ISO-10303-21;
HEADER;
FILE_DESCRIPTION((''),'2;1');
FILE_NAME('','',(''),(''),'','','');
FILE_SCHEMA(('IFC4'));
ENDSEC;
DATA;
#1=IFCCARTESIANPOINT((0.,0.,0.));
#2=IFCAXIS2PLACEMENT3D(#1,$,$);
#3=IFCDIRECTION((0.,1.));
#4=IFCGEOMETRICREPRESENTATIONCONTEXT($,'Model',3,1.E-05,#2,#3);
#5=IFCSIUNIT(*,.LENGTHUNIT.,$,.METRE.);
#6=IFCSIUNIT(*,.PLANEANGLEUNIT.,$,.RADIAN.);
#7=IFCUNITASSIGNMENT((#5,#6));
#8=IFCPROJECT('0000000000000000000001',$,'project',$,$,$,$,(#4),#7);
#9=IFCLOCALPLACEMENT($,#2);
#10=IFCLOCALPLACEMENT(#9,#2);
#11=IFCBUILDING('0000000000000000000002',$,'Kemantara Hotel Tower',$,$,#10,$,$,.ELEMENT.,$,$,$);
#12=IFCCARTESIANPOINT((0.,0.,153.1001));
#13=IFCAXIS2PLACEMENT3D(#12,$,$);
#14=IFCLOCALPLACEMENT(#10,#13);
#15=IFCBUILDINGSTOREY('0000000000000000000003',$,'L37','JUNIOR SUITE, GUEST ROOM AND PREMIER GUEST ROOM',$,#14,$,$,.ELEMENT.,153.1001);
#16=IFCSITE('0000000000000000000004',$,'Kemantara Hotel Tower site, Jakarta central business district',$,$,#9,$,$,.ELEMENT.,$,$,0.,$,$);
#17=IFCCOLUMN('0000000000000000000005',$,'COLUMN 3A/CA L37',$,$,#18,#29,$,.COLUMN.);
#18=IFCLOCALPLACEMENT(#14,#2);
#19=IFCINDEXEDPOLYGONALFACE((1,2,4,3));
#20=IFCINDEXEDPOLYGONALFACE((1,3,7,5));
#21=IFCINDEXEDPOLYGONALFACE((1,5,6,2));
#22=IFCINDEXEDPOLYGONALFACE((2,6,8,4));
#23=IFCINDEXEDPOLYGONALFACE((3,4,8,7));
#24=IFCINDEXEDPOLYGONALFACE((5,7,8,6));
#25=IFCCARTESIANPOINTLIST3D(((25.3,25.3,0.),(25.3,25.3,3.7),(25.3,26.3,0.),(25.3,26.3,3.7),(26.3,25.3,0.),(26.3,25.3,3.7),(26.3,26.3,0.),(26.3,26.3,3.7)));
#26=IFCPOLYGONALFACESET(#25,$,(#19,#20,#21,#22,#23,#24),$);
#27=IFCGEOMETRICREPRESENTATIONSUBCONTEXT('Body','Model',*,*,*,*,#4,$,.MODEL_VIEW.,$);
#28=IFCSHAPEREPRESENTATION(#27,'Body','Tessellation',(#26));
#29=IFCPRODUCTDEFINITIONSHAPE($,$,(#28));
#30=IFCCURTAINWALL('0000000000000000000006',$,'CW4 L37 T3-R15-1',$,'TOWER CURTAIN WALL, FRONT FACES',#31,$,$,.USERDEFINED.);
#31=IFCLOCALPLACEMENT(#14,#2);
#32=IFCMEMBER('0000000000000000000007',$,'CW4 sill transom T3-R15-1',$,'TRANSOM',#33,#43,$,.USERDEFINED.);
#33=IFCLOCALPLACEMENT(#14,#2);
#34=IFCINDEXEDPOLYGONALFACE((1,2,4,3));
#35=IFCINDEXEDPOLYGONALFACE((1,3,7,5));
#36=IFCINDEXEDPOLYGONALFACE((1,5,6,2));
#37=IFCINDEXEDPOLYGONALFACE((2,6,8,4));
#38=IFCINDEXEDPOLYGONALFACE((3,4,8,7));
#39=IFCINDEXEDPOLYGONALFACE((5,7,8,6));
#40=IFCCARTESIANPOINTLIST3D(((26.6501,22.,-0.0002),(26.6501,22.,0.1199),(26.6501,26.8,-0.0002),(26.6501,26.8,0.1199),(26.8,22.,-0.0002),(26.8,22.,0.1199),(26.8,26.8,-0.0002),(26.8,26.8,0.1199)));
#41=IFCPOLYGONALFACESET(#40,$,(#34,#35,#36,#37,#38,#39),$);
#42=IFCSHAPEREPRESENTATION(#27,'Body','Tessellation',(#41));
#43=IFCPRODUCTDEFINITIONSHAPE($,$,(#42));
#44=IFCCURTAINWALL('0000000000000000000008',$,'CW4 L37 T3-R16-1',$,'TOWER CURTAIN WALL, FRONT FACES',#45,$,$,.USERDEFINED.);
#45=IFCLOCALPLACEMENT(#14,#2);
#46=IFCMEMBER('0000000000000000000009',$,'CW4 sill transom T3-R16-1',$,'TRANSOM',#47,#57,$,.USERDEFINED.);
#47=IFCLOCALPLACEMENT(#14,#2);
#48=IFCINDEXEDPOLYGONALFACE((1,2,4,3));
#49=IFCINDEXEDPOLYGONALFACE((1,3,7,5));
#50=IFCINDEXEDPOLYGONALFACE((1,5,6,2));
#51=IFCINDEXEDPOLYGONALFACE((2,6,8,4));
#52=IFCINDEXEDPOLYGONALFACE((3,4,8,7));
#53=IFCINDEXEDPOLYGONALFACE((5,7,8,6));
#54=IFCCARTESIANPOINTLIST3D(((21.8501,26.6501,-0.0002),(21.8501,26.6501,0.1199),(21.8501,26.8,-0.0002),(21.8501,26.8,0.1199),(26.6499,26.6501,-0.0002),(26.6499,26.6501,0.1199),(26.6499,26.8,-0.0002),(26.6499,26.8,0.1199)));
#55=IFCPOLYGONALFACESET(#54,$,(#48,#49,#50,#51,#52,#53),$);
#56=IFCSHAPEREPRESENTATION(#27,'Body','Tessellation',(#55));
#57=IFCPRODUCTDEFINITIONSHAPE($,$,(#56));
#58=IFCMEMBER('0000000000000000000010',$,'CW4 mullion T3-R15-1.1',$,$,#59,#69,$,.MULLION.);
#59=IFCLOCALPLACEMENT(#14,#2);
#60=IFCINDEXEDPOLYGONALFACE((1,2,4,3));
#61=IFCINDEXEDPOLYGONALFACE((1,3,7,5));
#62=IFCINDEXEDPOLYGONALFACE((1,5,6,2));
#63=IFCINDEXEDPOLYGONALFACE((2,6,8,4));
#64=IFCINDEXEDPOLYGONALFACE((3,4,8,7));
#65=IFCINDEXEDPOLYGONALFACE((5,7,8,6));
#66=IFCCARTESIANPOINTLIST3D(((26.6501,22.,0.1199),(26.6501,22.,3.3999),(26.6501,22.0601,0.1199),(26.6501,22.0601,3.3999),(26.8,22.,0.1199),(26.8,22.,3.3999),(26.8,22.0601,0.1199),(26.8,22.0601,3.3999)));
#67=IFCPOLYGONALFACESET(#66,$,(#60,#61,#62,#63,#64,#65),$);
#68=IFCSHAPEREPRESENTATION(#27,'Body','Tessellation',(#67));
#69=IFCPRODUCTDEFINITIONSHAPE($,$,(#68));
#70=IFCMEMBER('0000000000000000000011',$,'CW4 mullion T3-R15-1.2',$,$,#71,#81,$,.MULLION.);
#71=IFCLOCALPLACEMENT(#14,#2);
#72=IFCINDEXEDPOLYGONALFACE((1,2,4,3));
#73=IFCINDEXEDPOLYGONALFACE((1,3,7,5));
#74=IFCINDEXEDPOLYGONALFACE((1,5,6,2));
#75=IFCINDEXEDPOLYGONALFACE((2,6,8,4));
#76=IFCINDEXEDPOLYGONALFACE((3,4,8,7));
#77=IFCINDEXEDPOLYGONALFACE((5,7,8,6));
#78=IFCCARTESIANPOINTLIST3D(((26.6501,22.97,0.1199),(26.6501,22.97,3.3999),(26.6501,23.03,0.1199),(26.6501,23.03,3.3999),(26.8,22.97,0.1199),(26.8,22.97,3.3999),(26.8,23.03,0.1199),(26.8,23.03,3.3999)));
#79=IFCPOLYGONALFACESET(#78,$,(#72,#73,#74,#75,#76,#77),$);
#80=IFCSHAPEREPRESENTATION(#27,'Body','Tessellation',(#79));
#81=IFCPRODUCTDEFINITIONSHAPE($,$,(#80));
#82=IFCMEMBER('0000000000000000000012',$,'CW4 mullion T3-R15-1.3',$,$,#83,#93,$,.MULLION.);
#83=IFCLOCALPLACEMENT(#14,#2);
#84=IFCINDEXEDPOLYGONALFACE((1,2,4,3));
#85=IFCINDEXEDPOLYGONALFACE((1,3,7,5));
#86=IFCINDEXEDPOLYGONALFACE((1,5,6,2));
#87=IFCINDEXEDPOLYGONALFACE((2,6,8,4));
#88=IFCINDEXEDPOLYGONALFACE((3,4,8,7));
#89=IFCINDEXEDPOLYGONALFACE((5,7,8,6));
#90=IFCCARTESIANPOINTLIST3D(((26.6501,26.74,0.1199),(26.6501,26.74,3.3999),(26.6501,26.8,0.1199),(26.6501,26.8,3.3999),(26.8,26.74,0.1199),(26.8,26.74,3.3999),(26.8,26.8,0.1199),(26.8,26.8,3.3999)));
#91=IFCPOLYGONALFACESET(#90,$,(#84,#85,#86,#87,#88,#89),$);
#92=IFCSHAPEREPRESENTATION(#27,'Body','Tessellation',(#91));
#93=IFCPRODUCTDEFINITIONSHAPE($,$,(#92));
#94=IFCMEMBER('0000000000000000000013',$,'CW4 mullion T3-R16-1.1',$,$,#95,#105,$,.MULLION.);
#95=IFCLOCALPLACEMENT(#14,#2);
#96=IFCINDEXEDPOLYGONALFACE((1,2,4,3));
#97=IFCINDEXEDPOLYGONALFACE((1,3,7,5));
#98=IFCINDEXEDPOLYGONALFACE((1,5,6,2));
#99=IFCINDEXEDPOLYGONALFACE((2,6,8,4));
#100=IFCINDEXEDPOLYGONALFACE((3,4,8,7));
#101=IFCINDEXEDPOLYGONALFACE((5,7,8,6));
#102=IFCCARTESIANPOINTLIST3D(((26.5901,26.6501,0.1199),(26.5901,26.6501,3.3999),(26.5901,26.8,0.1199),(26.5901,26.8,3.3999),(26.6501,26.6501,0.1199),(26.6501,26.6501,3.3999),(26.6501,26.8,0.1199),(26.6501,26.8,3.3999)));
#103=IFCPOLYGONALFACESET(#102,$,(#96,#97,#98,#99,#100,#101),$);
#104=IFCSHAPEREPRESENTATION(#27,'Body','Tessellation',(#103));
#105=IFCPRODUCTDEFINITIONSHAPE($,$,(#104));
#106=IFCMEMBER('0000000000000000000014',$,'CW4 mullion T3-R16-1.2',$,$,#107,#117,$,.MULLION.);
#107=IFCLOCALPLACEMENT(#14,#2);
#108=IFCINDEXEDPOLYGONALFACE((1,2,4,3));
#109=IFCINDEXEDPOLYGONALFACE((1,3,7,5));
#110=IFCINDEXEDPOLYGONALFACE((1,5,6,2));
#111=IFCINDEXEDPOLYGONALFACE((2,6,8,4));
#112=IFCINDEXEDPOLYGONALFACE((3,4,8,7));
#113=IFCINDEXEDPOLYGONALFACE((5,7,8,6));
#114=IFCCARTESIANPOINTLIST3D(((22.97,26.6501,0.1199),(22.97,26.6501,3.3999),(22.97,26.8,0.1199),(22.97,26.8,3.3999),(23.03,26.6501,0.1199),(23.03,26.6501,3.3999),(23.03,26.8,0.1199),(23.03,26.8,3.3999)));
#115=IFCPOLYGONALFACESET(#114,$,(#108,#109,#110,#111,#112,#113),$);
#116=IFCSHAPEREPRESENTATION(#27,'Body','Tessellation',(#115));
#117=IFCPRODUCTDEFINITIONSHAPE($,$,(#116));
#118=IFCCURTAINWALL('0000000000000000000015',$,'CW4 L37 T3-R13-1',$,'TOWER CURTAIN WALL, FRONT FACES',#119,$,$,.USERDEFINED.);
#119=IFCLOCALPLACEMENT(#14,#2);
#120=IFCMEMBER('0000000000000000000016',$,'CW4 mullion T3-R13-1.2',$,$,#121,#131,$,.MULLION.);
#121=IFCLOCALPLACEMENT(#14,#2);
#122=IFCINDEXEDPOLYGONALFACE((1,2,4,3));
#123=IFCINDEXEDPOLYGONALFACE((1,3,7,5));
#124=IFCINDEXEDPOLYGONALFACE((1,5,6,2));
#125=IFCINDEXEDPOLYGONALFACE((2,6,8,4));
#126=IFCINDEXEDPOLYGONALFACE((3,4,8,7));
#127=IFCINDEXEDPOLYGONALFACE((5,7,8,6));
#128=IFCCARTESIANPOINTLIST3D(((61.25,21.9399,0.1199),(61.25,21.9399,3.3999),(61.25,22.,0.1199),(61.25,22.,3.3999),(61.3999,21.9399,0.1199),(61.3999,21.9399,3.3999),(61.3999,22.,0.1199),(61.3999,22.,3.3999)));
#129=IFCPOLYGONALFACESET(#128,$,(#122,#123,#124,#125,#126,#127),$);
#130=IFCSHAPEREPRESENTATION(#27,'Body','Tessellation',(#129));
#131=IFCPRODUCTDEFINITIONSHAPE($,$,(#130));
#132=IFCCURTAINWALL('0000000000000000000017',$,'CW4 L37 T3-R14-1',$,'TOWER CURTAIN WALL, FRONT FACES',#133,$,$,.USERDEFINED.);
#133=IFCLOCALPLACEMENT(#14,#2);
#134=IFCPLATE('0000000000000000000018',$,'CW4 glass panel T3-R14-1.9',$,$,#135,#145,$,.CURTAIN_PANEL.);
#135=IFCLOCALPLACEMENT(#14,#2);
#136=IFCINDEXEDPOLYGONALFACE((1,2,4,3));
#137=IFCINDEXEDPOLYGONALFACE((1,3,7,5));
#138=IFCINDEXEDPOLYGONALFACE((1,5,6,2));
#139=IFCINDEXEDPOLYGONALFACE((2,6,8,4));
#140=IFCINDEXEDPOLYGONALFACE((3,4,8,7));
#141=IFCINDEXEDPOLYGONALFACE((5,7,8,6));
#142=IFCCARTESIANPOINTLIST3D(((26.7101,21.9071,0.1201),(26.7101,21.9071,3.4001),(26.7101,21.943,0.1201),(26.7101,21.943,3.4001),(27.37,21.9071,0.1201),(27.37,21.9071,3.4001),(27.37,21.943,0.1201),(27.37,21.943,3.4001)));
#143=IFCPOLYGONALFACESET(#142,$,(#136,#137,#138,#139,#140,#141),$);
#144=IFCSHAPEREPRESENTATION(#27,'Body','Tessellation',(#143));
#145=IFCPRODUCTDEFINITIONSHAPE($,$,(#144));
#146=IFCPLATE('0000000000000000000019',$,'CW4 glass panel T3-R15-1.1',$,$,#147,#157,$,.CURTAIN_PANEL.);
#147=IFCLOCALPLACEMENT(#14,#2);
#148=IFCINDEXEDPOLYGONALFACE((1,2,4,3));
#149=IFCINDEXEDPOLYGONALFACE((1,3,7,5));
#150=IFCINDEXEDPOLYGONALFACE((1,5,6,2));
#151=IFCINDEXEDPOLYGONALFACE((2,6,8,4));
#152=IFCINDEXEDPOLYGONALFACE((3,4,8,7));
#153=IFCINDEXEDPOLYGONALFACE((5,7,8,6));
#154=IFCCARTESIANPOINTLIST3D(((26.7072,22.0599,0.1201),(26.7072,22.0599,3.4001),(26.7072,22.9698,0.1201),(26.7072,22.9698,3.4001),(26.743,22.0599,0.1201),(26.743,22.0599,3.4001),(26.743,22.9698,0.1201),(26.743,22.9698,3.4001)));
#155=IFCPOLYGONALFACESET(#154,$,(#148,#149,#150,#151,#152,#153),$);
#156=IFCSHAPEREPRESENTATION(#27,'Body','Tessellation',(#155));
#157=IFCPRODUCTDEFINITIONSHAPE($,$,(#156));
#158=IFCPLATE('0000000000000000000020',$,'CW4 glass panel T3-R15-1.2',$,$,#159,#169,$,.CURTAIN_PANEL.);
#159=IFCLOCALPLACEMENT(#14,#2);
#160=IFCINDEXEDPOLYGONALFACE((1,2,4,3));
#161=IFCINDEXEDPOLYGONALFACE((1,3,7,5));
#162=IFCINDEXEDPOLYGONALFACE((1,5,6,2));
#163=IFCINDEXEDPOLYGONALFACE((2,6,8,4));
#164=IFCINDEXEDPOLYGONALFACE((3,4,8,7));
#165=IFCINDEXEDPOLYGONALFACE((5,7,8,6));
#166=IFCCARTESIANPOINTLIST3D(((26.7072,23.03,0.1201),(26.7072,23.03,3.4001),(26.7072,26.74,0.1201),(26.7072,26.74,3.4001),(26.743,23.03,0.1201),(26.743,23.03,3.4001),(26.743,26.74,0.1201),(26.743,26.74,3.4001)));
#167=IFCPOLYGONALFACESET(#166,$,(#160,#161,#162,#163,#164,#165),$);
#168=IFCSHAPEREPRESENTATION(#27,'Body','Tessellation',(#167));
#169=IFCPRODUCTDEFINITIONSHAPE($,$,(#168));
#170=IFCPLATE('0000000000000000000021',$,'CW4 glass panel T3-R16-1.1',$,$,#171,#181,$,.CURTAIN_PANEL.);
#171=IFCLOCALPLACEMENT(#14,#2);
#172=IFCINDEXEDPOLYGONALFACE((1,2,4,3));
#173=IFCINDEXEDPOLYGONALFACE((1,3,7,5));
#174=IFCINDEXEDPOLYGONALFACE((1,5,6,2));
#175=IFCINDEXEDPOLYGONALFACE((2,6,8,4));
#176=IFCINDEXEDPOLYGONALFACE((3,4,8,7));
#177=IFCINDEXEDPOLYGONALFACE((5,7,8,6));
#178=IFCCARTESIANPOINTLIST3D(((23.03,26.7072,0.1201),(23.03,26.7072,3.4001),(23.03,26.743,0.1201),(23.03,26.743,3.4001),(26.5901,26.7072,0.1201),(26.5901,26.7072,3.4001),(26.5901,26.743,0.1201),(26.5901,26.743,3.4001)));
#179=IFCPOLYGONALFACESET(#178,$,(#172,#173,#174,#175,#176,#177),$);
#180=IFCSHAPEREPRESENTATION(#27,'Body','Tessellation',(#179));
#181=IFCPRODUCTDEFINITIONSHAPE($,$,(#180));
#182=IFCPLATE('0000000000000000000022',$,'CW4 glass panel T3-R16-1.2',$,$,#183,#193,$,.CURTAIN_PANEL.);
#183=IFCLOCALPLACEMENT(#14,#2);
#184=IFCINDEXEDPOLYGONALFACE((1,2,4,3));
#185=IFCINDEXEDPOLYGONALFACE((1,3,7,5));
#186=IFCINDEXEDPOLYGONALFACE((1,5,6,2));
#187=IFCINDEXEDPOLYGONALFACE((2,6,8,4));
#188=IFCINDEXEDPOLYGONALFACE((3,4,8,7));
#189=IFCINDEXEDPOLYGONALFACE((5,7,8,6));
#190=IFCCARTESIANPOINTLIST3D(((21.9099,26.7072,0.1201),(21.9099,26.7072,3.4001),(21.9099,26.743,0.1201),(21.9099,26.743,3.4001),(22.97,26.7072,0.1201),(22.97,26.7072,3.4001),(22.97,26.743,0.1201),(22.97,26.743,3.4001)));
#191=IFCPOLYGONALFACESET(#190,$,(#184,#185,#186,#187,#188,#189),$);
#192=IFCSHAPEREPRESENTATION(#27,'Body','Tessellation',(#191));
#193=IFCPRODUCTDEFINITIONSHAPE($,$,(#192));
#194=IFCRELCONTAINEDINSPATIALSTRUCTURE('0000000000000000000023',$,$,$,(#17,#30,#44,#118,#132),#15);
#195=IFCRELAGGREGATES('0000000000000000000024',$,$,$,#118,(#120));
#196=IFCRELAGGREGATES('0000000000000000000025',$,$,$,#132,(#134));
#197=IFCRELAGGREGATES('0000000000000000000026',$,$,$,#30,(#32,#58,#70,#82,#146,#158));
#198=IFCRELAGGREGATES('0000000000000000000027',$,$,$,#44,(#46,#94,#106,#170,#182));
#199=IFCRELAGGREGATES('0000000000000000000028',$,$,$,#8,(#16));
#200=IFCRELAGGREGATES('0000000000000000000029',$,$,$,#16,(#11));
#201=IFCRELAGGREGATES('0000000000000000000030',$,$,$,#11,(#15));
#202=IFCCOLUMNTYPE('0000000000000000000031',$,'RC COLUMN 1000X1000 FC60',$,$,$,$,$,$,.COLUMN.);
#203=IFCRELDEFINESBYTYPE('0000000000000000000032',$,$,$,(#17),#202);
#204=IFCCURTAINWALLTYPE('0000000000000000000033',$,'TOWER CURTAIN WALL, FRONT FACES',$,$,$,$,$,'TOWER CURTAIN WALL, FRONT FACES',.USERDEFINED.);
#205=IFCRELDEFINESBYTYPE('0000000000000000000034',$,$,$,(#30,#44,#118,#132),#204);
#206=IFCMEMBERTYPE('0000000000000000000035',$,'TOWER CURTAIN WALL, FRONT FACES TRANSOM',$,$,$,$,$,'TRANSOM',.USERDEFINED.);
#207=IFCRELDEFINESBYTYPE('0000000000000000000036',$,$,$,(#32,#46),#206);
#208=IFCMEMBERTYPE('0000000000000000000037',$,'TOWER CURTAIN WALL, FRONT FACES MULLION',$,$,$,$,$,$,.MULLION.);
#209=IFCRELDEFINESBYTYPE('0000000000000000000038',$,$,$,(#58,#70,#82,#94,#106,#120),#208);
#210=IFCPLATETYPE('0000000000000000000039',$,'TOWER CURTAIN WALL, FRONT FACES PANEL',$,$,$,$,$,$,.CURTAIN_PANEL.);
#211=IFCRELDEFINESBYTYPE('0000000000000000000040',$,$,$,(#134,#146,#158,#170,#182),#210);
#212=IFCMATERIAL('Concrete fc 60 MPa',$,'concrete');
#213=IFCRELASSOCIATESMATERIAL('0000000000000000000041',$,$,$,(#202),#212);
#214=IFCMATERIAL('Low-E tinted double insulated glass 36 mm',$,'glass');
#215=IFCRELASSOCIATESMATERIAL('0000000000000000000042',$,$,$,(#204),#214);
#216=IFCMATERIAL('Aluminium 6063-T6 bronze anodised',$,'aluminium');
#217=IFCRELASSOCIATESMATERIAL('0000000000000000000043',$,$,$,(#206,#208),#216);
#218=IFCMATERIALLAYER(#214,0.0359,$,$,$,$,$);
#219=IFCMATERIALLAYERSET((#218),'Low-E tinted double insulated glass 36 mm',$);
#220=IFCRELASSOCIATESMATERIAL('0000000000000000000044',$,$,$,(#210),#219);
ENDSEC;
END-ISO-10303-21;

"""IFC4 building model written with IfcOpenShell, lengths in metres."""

from ifc_helpers import new_model, si_unit, direction, frame, origin, origin_2d, place, context, subcontext, project, spatial, rectangle, extrude, source, transform, mapped, material, layer, layer_set, material_profile, profile_set, type_object, element, aggregate, save


model = new_model("IFC4")

# Units and contexts
model_context = context("Model", 3, precision=1e-05, world=origin(), true_north=direction((0.0, 1.0)))
body_context = subcontext(model_context, "Body", "Model", "MODEL_VIEW")
ifc_project = project(units=[si_unit("LENGTHUNIT", "METRE"), si_unit("PLANEANGLEUNIT", "RADIAN")], contexts=[model_context])

# Site, building, storey
site_placement = place(None, origin())
site = spatial("IfcSite", under=ifc_project, at=site_placement, Name="Kemantara Hotel Tower site, Jakarta central business district", CompositionType="ELEMENT", RefElevation=0.0)
building_placement = place(site_placement, origin())
building = spatial("IfcBuilding", under=site, at=building_placement, Name="Kemantara Hotel Tower", CompositionType="ELEMENT")
storey_placement = place(building_placement, frame((0.0, 0.0, 153.1001)))
storey = spatial("IfcBuildingStorey", under=building, at=storey_placement, Name="L37", Description="JUNIOR SUITE, GUEST ROOM AND PREMIER GUEST ROOM", CompositionType="ELEMENT", Elevation=153.1001)

# Column
ifc_material_1 = material(Name="Concrete fc 60 MPa", Category="concrete")
ifc_material_profile_1 = material_profile(ifc_material_1, rectangle(XDim=1.0, YDim=1.0, at=origin_2d()), Name="RC 1000X1000")
ifc_profile_set_1 = profile_set([ifc_material_profile_1], Name="Concrete fc 60 MPa")
column_type = type_object("IfcColumnType", Name="RC COLUMN 1000X1000 FC60", PredefinedType="COLUMN", material=ifc_profile_set_1)
column_placement = place(storey_placement, frame((25.8, 25.8, 0.0), z_axis=(0.0, 0.0, 1.0), x_axis=(1.0, 0.0, 0.0)))
element("IfcColumn", 1, at=column_placement, inside=storey, type_object=column_type, Name="COLUMN 3A/CA L37", PredefinedType="COLUMN", context=body_context, shape_type="SweptSolid", body=[
    extrude(rectangle(XDim=1.0, YDim=1.0, at=origin_2d()), origin(), (0.0, 0.0, 1.0), 3.7),
])

# Curtain walls, members
ifc_material_2 = material(Name="Low-E tinted double insulated glass 36 mm", Category="glass")
curtain_wall_type = type_object("IfcCurtainWallType", Name="TOWER CURTAIN WALL, FRONT FACES", ElementType="TOWER CURTAIN WALL, FRONT FACES", PredefinedType="USERDEFINED", material=ifc_material_2)
curtain_wall_1_placement = place(storey_placement, origin())
curtain_wall_1 = element("IfcCurtainWall", 2, at=curtain_wall_1_placement, inside=storey, type_object=curtain_wall_type, Name="CW4 L37 T3-R15-1", ObjectType="TOWER CURTAIN WALL, FRONT FACES", PredefinedType="USERDEFINED")
ifc_material_3 = material(Name="Aluminium 6063-T6 bronze anodised", Category="aluminium")
ifc_material_profile_2 = material_profile(ifc_material_3, rectangle(XDim=0.1499, YDim=0.1201, at=origin_2d()), Name="TOWER CURTAIN WALL, FRONT FACES TRANSOM")
ifc_profile_set_2 = profile_set([ifc_material_profile_2], Name="Aluminium 6063-T6 bronze anodised")
member_type_1 = type_object("IfcMemberType", Name="TOWER CURTAIN WALL, FRONT FACES TRANSOM", ElementType="TRANSOM", PredefinedType="USERDEFINED", material=ifc_profile_set_2)
member_1_placement = place(storey_placement, frame((26.7251, 22.0, 0.0598), z_axis=(0.0, 1.0, 0.0), x_axis=(-1.0, 0.0, 0.0)))
member_1 = element("IfcMember", 3, at=member_1_placement, type_object=member_type_1, Name="CW4 sill transom T3-R15-1", ObjectType="TRANSOM", PredefinedType="USERDEFINED", context=body_context, shape_type="SweptSolid", body=[
    extrude(rectangle(XDim=0.1499, YDim=0.1201, at=origin_2d()), origin(), (0.0, 0.0, 1.0), 4.8),
])
curtain_wall_2_placement = place(storey_placement, origin())
curtain_wall_2 = element("IfcCurtainWall", 4, at=curtain_wall_2_placement, inside=storey, type_object=curtain_wall_type, Name="CW4 L37 T3-R16-1", ObjectType="TOWER CURTAIN WALL, FRONT FACES", PredefinedType="USERDEFINED")
member_2_placement = place(storey_placement, frame((26.6499, 26.7251, 0.0598), z_axis=(-1.0, 0.0, 0.0), x_axis=(0.0, -1.0, 0.0)))
member_2 = element("IfcMember", 5, at=member_2_placement, type_object=member_type_1, Name="CW4 sill transom T3-R16-1", ObjectType="TRANSOM", PredefinedType="USERDEFINED", context=body_context, shape_type="SweptSolid", body=[
    extrude(rectangle(XDim=0.1499, YDim=0.1201, at=origin_2d()), origin(), (0.0, 0.0, 1.0), 4.7998),
])

# Members
ifc_material_profile_3 = material_profile(ifc_material_3, rectangle(XDim=0.1499, YDim=0.0601, at=origin_2d()), Name="TOWER CURTAIN WALL, FRONT FACES MULLION")
ifc_profile_set_3 = profile_set([ifc_material_profile_3], Name="Aluminium 6063-T6 bronze anodised")
member_type_2 = type_object("IfcMemberType", Name="TOWER CURTAIN WALL, FRONT FACES MULLION", PredefinedType="MULLION", material=ifc_profile_set_3)
shared_shape_1 = source(origin(), body_context, "Body", "SweptSolid", [
    extrude(rectangle(XDim=0.1499, YDim=0.0601, at=origin_2d()), origin(), (0.0, 0.0, 1.0), 3.28),
])
member_3_placement = place(storey_placement, frame((26.7251, 22.03, 0.1199), z_axis=(0.0, 0.0, 1.0), x_axis=(-1.0, 0.0, 0.0)))
member_3 = element("IfcMember", 6, at=member_3_placement, type_object=member_type_2, Name="CW4 mullion T3-R15-1.1", PredefinedType="MULLION", context=body_context, shape_type="MappedRepresentation", body=[
    mapped(shared_shape_1, transform((0.0, 0.0, 0.0))),
])
member_4_placement = place(storey_placement, frame((26.7251, 23.0, 0.1199), z_axis=(0.0, 0.0, 1.0), x_axis=(-1.0, 0.0, 0.0)))
member_4 = element("IfcMember", 7, at=member_4_placement, type_object=member_type_2, Name="CW4 mullion T3-R15-1.2", PredefinedType="MULLION", context=body_context, shape_type="MappedRepresentation", body=[
    mapped(shared_shape_1, transform((0.0, 0.0, 0.0))),
])
member_5_placement = place(storey_placement, frame((26.7251, 26.77, 0.1199), z_axis=(0.0, 0.0, 1.0), x_axis=(-1.0, 0.0, 0.0)))
member_5 = element("IfcMember", 8, at=member_5_placement, type_object=member_type_2, Name="CW4 mullion T3-R15-1.3", PredefinedType="MULLION", context=body_context, shape_type="MappedRepresentation", body=[
    mapped(shared_shape_1, transform((0.0, 0.0, 0.0))),
])
member_6_placement = place(storey_placement, frame((26.6201, 26.7251, 0.1199), z_axis=(0.0, 0.0, 1.0), x_axis=(0.0, -1.0, 0.0)))
member_6 = element("IfcMember", 9, at=member_6_placement, type_object=member_type_2, Name="CW4 mullion T3-R16-1.1", PredefinedType="MULLION", context=body_context, shape_type="MappedRepresentation", body=[
    mapped(shared_shape_1, transform((0.0, 0.0, 0.0))),
])
member_7_placement = place(storey_placement, frame((23.0, 26.7251, 0.1199), z_axis=(0.0, 0.0, 1.0), x_axis=(0.0, -1.0, 0.0)))
member_7 = element("IfcMember", 10, at=member_7_placement, type_object=member_type_2, Name="CW4 mullion T3-R16-1.2", PredefinedType="MULLION", context=body_context, shape_type="MappedRepresentation", body=[
    mapped(shared_shape_1, transform((0.0, 0.0, 0.0))),
])

# Curtain wall, member
curtain_wall_3_placement = place(storey_placement, origin())
curtain_wall_3 = element("IfcCurtainWall", 11, at=curtain_wall_3_placement, inside=storey, type_object=curtain_wall_type, Name="CW4 L37 T3-R13-1", ObjectType="TOWER CURTAIN WALL, FRONT FACES", PredefinedType="USERDEFINED")
member_8_placement = place(storey_placement, frame((61.325, 21.97, 0.1199), z_axis=(0.0, 0.0, 1.0), x_axis=(-1.0, 0.0, 0.0)))
member_8 = element("IfcMember", 12, at=member_8_placement, type_object=member_type_2, Name="CW4 mullion T3-R13-1.2", PredefinedType="MULLION", context=body_context, shape_type="MappedRepresentation", body=[
    mapped(shared_shape_1, transform((0.0, 0.0, 0.0))),
])
aggregate(curtain_wall_3, [member_8])

# Curtain wall, plate
curtain_wall_4_placement = place(storey_placement, origin())
curtain_wall_4 = element("IfcCurtainWall", 13, at=curtain_wall_4_placement, inside=storey, type_object=curtain_wall_type, Name="CW4 L37 T3-R14-1", ObjectType="TOWER CURTAIN WALL, FRONT FACES", PredefinedType="USERDEFINED")
ifc_layer_1 = layer(ifc_material_2, 0.0359)
ifc_layer_set_1 = layer_set([ifc_layer_1], Name="Low-E tinted double insulated glass 36 mm")
plate_type = type_object("IfcPlateType", Name="TOWER CURTAIN WALL, FRONT FACES PANEL", PredefinedType="CURTAIN_PANEL", material=ifc_layer_set_1)
shared_shape_2 = source(origin(), body_context, "Body", "SweptSolid", [
    extrude(rectangle(XDim=0.6599, YDim=0.0359, at=origin_2d()), origin(), (0.0, 0.0, 1.0), 3.28),
])
plate_1_placement = place(storey_placement, frame((27.04, 21.925, 0.1201), z_axis=(0.0, 0.0, 1.0), x_axis=(-1.0, 0.0, 0.0)))
plate_1 = element("IfcPlate", 14, at=plate_1_placement, type_object=plate_type, Name="CW4 glass panel T3-R14-1.9", PredefinedType="CURTAIN_PANEL", context=body_context, shape_type="MappedRepresentation", body=[
    mapped(shared_shape_2, transform((0.0, 0.0, 0.0))),
])
aggregate(curtain_wall_4, [plate_1])

# Plates
shared_shape_3 = source(origin(), body_context, "Body", "SweptSolid", [
    extrude(rectangle(XDim=0.9099, YDim=0.0359, at=origin_2d()), origin(), (0.0, 0.0, 1.0), 3.28),
])
plate_2_placement = place(storey_placement, frame((26.7251, 22.5149, 0.1201), z_axis=(0.0, 0.0, 1.0), x_axis=(0.0, 1.0, 0.0)))
plate_2 = element("IfcPlate", 15, at=plate_2_placement, type_object=plate_type, Name="CW4 glass panel T3-R15-1.1", PredefinedType="CURTAIN_PANEL", context=body_context, shape_type="MappedRepresentation", body=[
    mapped(shared_shape_3, transform((0.0, 0.0, 0.0))),
])
shared_shape_4 = source(origin(), body_context, "Body", "SweptSolid", [
    extrude(rectangle(XDim=3.71, YDim=0.0359, at=origin_2d()), origin(), (0.0, 0.0, 1.0), 3.28),
])
plate_3_placement = place(storey_placement, frame((26.7251, 24.885, 0.1201), z_axis=(0.0, 0.0, 1.0), x_axis=(0.0, 1.0, 0.0)))
plate_3 = element("IfcPlate", 16, at=plate_3_placement, type_object=plate_type, Name="CW4 glass panel T3-R15-1.2", PredefinedType="CURTAIN_PANEL", context=body_context, shape_type="MappedRepresentation", body=[
    mapped(shared_shape_4, transform((0.0, 0.0, 0.0))),
])
aggregate(curtain_wall_1, [member_1, member_3, member_4, member_5, plate_2, plate_3])
shared_shape_5 = source(origin(), body_context, "Body", "SweptSolid", [
    extrude(rectangle(XDim=3.5601, YDim=0.0359, at=origin_2d()), origin(), (0.0, 0.0, 1.0), 3.28),
])
plate_4_placement = place(storey_placement, frame((24.8101, 26.7251, 0.1201), z_axis=(0.0, 0.0, 1.0), x_axis=(-1.0, 0.0, 0.0)))
plate_4 = element("IfcPlate", 17, at=plate_4_placement, type_object=plate_type, Name="CW4 glass panel T3-R16-1.1", PredefinedType="CURTAIN_PANEL", context=body_context, shape_type="MappedRepresentation", body=[
    mapped(shared_shape_5, transform((0.0, 0.0, 0.0))),
])
shared_shape_6 = source(origin(), body_context, "Body", "SweptSolid", [
    extrude(rectangle(XDim=1.0601, YDim=0.0359, at=origin_2d()), origin(), (0.0, 0.0, 1.0), 3.28),
])
plate_5_placement = place(storey_placement, frame((22.4399, 26.7251, 0.1201), z_axis=(0.0, 0.0, 1.0), x_axis=(-1.0, 0.0, 0.0)))
plate_5 = element("IfcPlate", 18, at=plate_5_placement, type_object=plate_type, Name="CW4 glass panel T3-R16-1.2", PredefinedType="CURTAIN_PANEL", context=body_context, shape_type="MappedRepresentation", body=[
    mapped(shared_shape_6, transform((0.0, 0.0, 0.0))),
])
aggregate(curtain_wall_2, [member_2, member_6, member_7, plate_4, plate_5])

save(model, "model.ifc")
